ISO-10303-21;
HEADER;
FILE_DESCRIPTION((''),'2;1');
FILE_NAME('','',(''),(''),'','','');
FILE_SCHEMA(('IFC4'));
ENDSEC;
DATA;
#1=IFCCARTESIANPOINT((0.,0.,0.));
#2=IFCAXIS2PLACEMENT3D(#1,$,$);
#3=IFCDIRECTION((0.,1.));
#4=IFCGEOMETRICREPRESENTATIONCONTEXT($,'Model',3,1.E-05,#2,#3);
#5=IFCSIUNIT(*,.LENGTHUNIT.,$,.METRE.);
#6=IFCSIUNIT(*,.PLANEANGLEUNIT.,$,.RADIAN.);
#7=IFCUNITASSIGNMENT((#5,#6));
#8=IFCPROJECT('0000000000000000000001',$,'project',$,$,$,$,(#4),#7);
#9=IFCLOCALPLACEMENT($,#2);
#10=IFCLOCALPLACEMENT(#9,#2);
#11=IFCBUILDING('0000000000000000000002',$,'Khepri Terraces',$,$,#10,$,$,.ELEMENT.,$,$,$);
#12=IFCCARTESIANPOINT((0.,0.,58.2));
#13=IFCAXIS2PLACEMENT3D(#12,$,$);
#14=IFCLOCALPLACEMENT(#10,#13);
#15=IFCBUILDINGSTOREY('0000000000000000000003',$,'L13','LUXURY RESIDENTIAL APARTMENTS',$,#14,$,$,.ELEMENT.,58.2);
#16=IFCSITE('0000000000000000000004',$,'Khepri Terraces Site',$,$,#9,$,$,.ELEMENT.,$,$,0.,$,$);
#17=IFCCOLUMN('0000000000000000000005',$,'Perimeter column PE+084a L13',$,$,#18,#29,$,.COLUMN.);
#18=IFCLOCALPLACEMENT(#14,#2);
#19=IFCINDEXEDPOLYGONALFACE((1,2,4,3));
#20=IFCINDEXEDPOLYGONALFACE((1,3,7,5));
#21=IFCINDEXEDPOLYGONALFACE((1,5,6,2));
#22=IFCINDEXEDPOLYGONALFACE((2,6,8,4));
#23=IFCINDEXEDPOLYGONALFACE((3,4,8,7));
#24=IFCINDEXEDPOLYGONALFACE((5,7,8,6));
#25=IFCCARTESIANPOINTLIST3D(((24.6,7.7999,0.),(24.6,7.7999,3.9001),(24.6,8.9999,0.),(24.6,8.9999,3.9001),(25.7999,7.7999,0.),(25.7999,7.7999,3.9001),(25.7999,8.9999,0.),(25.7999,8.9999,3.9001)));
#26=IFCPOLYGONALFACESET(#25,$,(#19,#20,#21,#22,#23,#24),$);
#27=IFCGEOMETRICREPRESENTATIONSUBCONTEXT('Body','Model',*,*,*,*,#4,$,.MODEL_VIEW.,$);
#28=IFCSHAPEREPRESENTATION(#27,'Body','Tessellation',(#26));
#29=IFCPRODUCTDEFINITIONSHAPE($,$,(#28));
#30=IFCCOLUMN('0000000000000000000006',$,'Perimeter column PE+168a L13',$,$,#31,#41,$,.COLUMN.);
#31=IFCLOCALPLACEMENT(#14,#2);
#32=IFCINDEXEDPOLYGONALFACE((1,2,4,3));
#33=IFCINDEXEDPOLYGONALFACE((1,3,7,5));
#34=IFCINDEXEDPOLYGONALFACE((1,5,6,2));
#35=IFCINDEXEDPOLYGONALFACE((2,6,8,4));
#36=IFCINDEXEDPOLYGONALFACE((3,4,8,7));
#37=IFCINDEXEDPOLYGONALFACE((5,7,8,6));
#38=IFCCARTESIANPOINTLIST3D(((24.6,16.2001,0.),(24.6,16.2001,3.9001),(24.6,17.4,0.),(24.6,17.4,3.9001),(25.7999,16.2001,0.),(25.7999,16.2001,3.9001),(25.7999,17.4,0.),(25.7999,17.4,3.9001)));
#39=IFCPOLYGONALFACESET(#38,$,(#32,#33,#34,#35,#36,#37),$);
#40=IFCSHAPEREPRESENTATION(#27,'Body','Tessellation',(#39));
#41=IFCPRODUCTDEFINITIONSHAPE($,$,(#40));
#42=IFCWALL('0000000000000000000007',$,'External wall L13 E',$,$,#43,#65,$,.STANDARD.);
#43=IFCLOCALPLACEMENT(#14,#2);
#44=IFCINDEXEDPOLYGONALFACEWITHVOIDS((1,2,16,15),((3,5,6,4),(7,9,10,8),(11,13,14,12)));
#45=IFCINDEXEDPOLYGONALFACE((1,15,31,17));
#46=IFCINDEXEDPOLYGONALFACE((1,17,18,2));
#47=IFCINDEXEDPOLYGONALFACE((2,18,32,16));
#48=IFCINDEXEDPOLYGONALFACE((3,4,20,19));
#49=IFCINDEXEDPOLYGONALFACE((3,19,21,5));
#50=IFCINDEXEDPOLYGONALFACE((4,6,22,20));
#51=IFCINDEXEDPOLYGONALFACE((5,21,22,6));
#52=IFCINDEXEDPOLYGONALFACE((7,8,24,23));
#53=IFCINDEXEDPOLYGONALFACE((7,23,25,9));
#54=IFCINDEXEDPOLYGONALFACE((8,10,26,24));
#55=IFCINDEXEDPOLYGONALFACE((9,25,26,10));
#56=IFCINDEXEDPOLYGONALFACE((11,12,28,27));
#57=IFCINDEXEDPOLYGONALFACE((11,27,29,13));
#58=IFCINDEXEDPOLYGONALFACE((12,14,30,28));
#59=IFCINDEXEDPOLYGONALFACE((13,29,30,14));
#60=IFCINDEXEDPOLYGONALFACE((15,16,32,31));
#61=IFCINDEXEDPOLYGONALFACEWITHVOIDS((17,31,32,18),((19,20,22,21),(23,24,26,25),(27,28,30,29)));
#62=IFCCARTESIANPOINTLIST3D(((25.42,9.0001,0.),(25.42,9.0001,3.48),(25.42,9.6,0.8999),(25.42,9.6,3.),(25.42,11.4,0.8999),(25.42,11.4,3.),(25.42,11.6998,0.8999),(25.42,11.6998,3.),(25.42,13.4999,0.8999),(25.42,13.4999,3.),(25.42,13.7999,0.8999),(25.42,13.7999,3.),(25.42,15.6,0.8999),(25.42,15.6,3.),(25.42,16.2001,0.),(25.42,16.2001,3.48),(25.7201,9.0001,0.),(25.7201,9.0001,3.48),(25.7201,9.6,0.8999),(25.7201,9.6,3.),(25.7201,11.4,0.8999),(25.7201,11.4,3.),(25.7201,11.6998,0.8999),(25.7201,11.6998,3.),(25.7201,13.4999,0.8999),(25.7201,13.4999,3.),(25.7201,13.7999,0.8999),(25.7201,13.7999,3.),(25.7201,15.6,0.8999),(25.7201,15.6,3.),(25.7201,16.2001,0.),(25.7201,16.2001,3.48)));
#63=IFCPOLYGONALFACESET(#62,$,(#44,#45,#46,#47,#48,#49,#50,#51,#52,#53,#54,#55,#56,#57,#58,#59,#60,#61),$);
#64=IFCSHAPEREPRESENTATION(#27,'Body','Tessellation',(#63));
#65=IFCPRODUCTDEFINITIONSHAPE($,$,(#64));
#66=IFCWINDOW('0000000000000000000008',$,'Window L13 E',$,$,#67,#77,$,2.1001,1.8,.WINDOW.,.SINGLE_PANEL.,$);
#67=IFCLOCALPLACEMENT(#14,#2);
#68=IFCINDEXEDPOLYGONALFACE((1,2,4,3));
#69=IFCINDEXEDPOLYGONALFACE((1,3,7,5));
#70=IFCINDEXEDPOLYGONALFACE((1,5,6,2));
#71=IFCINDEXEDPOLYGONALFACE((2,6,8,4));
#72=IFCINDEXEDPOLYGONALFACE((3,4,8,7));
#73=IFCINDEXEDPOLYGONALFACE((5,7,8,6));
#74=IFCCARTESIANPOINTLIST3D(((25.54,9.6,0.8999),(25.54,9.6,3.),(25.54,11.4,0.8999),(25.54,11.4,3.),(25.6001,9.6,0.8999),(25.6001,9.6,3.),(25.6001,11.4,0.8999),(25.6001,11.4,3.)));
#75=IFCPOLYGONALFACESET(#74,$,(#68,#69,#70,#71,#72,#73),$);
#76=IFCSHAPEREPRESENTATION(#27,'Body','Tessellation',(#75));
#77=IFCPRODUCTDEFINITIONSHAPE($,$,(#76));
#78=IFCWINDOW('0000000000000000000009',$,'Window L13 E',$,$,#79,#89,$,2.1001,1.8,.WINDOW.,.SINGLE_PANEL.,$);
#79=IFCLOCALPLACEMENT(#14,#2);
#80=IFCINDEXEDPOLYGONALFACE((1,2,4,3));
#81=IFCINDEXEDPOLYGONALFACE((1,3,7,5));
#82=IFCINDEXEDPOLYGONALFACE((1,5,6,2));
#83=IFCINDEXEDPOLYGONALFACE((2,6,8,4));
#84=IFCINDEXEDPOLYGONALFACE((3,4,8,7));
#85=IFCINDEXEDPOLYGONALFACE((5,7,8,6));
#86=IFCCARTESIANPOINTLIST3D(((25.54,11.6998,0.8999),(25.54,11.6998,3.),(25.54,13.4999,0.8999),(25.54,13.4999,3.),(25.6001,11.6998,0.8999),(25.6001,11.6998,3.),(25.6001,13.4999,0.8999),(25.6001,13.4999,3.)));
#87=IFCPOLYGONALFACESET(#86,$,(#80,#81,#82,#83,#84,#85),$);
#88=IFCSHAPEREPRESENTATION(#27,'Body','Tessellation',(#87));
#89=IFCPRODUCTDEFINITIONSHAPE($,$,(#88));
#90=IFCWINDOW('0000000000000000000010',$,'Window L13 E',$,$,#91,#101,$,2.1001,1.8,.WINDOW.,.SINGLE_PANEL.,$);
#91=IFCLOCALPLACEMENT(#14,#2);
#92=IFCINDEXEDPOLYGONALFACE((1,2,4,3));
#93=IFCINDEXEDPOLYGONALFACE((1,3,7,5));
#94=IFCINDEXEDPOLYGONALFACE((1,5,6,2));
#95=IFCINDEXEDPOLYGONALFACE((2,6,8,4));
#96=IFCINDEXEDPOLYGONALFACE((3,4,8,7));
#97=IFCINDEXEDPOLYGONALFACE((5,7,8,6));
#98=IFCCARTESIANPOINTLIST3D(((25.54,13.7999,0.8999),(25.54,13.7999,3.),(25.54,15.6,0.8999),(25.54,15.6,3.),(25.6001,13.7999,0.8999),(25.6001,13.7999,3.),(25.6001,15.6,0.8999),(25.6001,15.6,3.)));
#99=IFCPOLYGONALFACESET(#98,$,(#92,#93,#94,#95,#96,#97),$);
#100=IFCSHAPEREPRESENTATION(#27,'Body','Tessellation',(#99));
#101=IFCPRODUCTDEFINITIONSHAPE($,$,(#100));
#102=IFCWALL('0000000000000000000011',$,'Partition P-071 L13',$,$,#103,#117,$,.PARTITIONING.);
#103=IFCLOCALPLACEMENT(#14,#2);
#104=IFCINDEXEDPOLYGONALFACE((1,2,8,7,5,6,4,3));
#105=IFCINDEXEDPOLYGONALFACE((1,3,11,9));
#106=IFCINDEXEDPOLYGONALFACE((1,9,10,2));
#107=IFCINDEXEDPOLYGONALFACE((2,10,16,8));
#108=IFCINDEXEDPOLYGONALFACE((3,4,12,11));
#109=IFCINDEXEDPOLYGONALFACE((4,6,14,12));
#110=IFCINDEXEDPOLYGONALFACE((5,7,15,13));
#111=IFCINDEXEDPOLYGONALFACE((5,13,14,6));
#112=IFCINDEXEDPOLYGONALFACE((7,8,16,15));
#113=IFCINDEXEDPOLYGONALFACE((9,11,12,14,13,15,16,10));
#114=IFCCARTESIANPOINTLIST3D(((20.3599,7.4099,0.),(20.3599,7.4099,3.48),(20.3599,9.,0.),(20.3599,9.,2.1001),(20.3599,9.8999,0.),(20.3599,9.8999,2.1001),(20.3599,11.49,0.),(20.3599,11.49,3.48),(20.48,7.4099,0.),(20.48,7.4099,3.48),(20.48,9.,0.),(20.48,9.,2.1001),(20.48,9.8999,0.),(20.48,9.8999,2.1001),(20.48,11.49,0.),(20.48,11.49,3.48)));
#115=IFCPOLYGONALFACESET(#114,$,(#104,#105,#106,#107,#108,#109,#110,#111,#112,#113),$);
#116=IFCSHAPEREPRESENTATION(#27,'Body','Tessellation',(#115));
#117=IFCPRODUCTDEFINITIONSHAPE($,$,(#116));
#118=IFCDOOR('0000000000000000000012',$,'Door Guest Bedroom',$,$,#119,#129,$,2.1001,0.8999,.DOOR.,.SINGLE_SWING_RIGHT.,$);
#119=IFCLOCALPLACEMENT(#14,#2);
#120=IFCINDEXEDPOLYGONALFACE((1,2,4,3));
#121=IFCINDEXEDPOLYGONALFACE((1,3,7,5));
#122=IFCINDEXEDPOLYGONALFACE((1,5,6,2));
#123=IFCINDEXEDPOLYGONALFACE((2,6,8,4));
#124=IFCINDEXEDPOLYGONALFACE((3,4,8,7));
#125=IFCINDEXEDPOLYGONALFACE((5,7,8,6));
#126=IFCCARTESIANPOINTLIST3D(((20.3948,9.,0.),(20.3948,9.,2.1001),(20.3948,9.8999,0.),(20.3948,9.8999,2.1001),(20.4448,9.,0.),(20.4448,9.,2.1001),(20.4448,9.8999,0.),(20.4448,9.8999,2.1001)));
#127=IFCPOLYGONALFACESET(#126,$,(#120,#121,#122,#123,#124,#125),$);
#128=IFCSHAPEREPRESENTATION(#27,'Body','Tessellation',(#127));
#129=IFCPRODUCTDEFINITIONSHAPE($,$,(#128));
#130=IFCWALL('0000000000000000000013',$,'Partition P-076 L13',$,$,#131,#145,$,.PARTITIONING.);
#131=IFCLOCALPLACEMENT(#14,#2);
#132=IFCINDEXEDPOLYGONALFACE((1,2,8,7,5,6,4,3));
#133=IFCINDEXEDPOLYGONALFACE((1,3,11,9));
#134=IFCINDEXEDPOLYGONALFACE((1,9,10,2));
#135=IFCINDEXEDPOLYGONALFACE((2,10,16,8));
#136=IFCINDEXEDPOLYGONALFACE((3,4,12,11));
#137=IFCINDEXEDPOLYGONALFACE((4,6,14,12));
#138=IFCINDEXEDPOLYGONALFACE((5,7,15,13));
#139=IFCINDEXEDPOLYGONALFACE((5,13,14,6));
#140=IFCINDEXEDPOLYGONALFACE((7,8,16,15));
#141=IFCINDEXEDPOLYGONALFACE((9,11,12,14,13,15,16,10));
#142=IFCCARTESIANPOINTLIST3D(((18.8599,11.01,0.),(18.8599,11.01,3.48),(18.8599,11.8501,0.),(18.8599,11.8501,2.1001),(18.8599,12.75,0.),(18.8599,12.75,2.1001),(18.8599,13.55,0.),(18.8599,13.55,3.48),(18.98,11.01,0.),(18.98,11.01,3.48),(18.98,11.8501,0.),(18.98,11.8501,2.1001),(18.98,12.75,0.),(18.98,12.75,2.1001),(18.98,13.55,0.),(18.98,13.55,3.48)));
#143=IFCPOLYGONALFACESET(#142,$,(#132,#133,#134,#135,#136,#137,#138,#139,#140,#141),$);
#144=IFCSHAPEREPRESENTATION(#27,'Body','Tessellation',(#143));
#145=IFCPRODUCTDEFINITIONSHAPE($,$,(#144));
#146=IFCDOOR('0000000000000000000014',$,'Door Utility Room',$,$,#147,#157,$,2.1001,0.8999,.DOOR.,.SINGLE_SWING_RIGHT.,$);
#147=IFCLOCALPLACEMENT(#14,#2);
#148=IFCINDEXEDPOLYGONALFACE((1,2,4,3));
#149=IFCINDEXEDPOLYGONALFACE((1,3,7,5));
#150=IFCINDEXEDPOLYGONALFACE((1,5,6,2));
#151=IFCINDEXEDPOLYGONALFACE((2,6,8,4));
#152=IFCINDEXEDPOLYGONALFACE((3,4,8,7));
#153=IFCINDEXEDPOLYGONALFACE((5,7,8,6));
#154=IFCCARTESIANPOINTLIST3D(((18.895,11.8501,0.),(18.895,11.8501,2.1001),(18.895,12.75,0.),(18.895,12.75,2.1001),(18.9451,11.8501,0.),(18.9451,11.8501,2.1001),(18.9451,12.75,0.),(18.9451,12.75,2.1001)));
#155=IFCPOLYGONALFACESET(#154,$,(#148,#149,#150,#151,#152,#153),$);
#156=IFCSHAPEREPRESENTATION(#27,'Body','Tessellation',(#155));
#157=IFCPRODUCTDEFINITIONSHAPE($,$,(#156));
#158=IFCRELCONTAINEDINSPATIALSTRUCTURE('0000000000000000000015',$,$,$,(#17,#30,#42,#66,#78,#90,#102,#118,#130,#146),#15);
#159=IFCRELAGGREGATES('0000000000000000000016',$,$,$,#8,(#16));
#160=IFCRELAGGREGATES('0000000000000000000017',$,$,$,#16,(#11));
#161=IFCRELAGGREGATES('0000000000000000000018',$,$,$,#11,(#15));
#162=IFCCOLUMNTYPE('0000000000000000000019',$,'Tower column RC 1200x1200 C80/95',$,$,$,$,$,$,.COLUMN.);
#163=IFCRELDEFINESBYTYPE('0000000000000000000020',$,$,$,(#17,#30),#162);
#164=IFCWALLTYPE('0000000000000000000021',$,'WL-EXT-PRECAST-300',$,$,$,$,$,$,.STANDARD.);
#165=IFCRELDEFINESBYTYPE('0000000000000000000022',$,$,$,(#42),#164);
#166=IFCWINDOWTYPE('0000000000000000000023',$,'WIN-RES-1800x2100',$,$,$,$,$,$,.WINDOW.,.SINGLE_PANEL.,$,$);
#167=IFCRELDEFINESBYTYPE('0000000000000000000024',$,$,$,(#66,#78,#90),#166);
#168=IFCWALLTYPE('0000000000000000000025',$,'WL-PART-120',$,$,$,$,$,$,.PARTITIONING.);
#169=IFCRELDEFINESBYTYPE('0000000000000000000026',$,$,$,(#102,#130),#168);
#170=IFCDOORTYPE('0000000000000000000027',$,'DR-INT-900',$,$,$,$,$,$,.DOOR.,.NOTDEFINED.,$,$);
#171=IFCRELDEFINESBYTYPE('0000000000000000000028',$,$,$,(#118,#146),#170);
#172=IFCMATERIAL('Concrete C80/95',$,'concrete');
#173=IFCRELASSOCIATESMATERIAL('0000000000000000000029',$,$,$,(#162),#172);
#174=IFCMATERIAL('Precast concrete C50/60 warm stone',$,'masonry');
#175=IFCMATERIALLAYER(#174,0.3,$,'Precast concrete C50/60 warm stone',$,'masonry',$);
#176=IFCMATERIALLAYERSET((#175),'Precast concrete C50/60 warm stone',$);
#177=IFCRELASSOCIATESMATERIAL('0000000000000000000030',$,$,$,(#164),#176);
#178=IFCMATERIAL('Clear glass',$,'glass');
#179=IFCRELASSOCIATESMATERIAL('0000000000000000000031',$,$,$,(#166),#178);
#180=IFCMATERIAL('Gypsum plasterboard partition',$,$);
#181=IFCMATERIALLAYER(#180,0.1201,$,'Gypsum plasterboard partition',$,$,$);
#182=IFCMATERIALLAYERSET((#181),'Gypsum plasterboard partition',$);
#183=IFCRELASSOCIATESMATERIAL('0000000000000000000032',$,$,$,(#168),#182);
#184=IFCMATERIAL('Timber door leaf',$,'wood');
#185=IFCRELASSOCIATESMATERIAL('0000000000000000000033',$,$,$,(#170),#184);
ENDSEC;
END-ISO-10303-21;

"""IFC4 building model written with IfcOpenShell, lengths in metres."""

from ifc_helpers import new_model, si_unit, direction, frame, frame_2d, origin, origin_2d, place, context, subcontext, project, spatial, rectangle, extrude, material, layer, layer_set, material_profile, profile_set, type_object, element, fill, save


model = new_model("IFC4")

# Units and contexts
model_context = context("Model", 3, precision=1e-05, world=origin(), true_north=direction((0.0, 1.0)))
body_context = subcontext(model_context, "Body", "Model", "MODEL_VIEW")
ifc_project = project(units=[si_unit("LENGTHUNIT", "METRE"), si_unit("PLANEANGLEUNIT", "RADIAN")], contexts=[model_context])

# Site, building, storey
site_placement = place(None, origin())
site = spatial("IfcSite", under=ifc_project, at=site_placement, Name="Khepri Terraces Site", CompositionType="ELEMENT", RefElevation=0.0)
building_placement = place(site_placement, origin())
building = spatial("IfcBuilding", under=site, at=building_placement, Name="Khepri Terraces", CompositionType="ELEMENT")
storey_placement = place(building_placement, frame((0.0, 0.0, 58.2)))
storey = spatial("IfcBuildingStorey", under=building, at=storey_placement, Name="L13", Description="LUXURY RESIDENTIAL APARTMENTS", CompositionType="ELEMENT", Elevation=58.2)

# Columns
ifc_material_1 = material(Name="Concrete C80/95", Category="concrete")
ifc_material_profile = material_profile(ifc_material_1, rectangle(XDim=1.2, YDim=1.2, at=origin_2d()), Name="Concrete C80/95", Category="concrete")
ifc_profile_set = profile_set([ifc_material_profile], Name="Concrete C80/95")
column_type = type_object("IfcColumnType", Name="Tower column RC 1200x1200 C80/95", PredefinedType="COLUMN", material=ifc_profile_set)
for number, where, z_axis, x_axis, name in (
    (1, (25.2, 8.3999, 0.0), (0.0, 0.0, 1.0), (1.0, 0.0, 0.0), "Perimeter column PE+084a L13"),
    (2, (25.2, 16.8, 0.0), (0.0, 0.0, 1.0), (1.0, 0.0, 0.0), "Perimeter column PE+168a L13"),
):
    element("IfcColumn", number, at=place(storey_placement, frame(where, z_axis=z_axis, x_axis=x_axis)), inside=storey, type_object=column_type, Name=name, PredefinedType="COLUMN", context=body_context, shape_type="SweptSolid", body=[
        extrude(rectangle(XDim=1.2, YDim=1.2, at=origin_2d()), origin(), (0.0, 0.0, 1.0), 3.9001),
    ])

# Wall, openings, windows
ifc_material_2 = material(Name="Precast concrete C50/60 warm stone", Category="masonry")
ifc_layer_1 = layer(ifc_material_2, 0.3, Name="Precast concrete C50/60 warm stone", Category="masonry")
ifc_layer_set_1 = layer_set([ifc_layer_1], Name="Precast concrete C50/60 warm stone")
wall_type_1 = type_object("IfcWallType", Name="WL-EXT-PRECAST-300", PredefinedType="STANDARD", material=ifc_layer_set_1)
wall_1_placement = place(storey_placement, frame((25.5701, 9.0, 0.0), z_axis=(0.0, 0.0, 1.0), x_axis=(0.0, 1.0, 0.0)))
wall_1 = element("IfcWall", 3, at=wall_1_placement, inside=storey, type_object=wall_type_1, Name="External wall L13 E", PredefinedType="STANDARD", context=body_context, shape_type="SweptSolid", body=[
    extrude(rectangle(XDim=7.2, YDim=0.3, at=frame_2d((3.6001, 0.0))), origin(), (0.0, 0.0, 1.0), 3.48),
])
opening_1_placement = place(wall_1_placement, frame((0.6001, 0.0, 0.8999)))
opening_1 = element("IfcOpeningElement", 4, at=opening_1_placement, cuts=wall_1, PredefinedType="OPENING", context=body_context, shape_type="SweptSolid", body=[
    extrude(rectangle(XDim=1.8, YDim=2.1001, at=frame_2d((0.8999, 1.05))), frame((0.0, 0.1602, 0.0), z_axis=(0.0, -1.0, 0.0), x_axis=(1.0, 0.0, 0.0)), (0.0, 0.0, 1.0), 0.3201),
])
opening_2_placement = place(wall_1_placement, frame((2.7, 0.0, 0.8999)))
opening_2 = element("IfcOpeningElement", 5, at=opening_2_placement, cuts=wall_1, PredefinedType="OPENING", context=body_context, shape_type="SweptSolid", body=[
    extrude(rectangle(XDim=1.8, YDim=2.1001, at=frame_2d((0.8999, 1.05))), frame((0.0, 0.1602, 0.0), z_axis=(0.0, -1.0, 0.0), x_axis=(1.0, 0.0, 0.0)), (0.0, 0.0, 1.0), 0.3201),
])
opening_3_placement = place(wall_1_placement, frame((4.8, 0.0, 0.8999)))
opening_3 = element("IfcOpeningElement", 6, at=opening_3_placement, cuts=wall_1, PredefinedType="OPENING", context=body_context, shape_type="SweptSolid", body=[
    extrude(rectangle(XDim=1.8, YDim=2.1001, at=frame_2d((0.8999, 1.05))), frame((0.0, 0.1602, 0.0), z_axis=(0.0, -1.0, 0.0), x_axis=(1.0, 0.0, 0.0)), (0.0, 0.0, 1.0), 0.3201),
])
ifc_material_3 = material(Name="Clear glass", Category="glass")
window_type = type_object("IfcWindowType", Name="WIN-RES-1800x2100", PartitioningType="SINGLE_PANEL", PredefinedType="WINDOW", material=ifc_material_3)
window_1_placement = place(opening_1_placement, origin())
window_1 = element("IfcWindow", 7, at=window_1_placement, inside=storey, type_object=window_type, Name="Window L13 E", OverallHeight=2.1001, OverallWidth=1.8, PartitioningType="SINGLE_PANEL", PredefinedType="WINDOW", context=body_context, shape_type="SweptSolid", body=[
    extrude(rectangle(XDim=1.8, YDim=2.1001, at=frame_2d((0.8999, 1.05))), frame((0.0, 0.03, 0.0), z_axis=(0.0, -1.0, 0.0), x_axis=(1.0, 0.0, 0.0)), (0.0, 0.0, 1.0), 0.0601),
])
fill(opening_1, window_1)
window_2_placement = place(opening_2_placement, origin())
window_2 = element("IfcWindow", 8, at=window_2_placement, inside=storey, type_object=window_type, Name="Window L13 E", OverallHeight=2.1001, OverallWidth=1.8, PartitioningType="SINGLE_PANEL", PredefinedType="WINDOW", context=body_context, shape_type="SweptSolid", body=[
    extrude(rectangle(XDim=1.8, YDim=2.1001, at=frame_2d((0.8999, 1.05))), frame((0.0, 0.03, 0.0), z_axis=(0.0, -1.0, 0.0), x_axis=(1.0, 0.0, 0.0)), (0.0, 0.0, 1.0), 0.0601),
])
fill(opening_2, window_2)
window_3_placement = place(opening_3_placement, origin())
window_3 = element("IfcWindow", 9, at=window_3_placement, inside=storey, type_object=window_type, Name="Window L13 E", OverallHeight=2.1001, OverallWidth=1.8, PartitioningType="SINGLE_PANEL", PredefinedType="WINDOW", context=body_context, shape_type="SweptSolid", body=[
    extrude(rectangle(XDim=1.8, YDim=2.1001, at=frame_2d((0.8999, 1.05))), frame((0.0, 0.03, 0.0), z_axis=(0.0, -1.0, 0.0), x_axis=(1.0, 0.0, 0.0)), (0.0, 0.0, 1.0), 0.0601),
])
fill(opening_3, window_3)

# Walls, openings, doors
ifc_material_4 = material(Name="Gypsum plasterboard partition")
ifc_layer_2 = layer(ifc_material_4, 0.1201, Name="Gypsum plasterboard partition")
ifc_layer_set_2 = layer_set([ifc_layer_2], Name="Gypsum plasterboard partition")
wall_type_2 = type_object("IfcWallType", Name="WL-PART-120", PredefinedType="PARTITIONING", material=ifc_layer_set_2)
wall_2_placement = place(storey_placement, frame((20.4199, 7.4099, 0.0), z_axis=(0.0, 0.0, 1.0), x_axis=(0.0, 1.0, 0.0)))
wall_2 = element("IfcWall", 10, at=wall_2_placement, inside=storey, type_object=wall_type_2, Name="Partition P-071 L13", PredefinedType="PARTITIONING", context=body_context, shape_type="SweptSolid", body=[
    extrude(rectangle(XDim=4.0801, YDim=0.1201, at=frame_2d((2.04, 0.0))), origin(), (0.0, 0.0, 1.0), 3.48),
])
opening_4_placement = place(wall_2_placement, frame((1.5901, 0.0, 0.0)))
opening_4 = element("IfcOpeningElement", 11, at=opening_4_placement, cuts=wall_2, PredefinedType="OPENING", context=body_context, shape_type="SweptSolid", body=[
    extrude(rectangle(XDim=0.8999, YDim=2.1001, at=frame_2d((0.45, 1.05))), frame((0.0, 0.0701, 0.0), z_axis=(0.0, -1.0, 0.0), x_axis=(1.0, 0.0, 0.0)), (0.0, 0.0, 1.0), 0.1401),
])
ifc_material_5 = material(Name="Timber door leaf", Category="wood")
door_type_1 = type_object("IfcDoorType", Name="DR-INT-900", OperationType="NOTDEFINED", PredefinedType="DOOR", material=ifc_material_5)
door_1_placement = place(opening_4_placement, frame((0.8999, 0.0, 0.0), z_axis=(0.0, 0.0, 1.0), x_axis=(-1.0, 0.0, 0.0)))
door_1 = element("IfcDoor", 12, at=door_1_placement, inside=storey, type_object=door_type_1, Name="Door Guest Bedroom", OperationType="SINGLE_SWING_RIGHT", OverallHeight=2.1001, OverallWidth=0.8999, PredefinedType="DOOR", context=body_context, shape_type="SweptSolid", body=[
    extrude(rectangle(XDim=0.8999, YDim=2.1001, at=frame_2d((0.45, 1.05))), frame((0.0, 0.0249, 0.0), z_axis=(0.0, -1.0, 0.0), x_axis=(1.0, 0.0, 0.0)), (0.0, 0.0, 1.0), 0.05),
])
fill(opening_4, door_1)
wall_3_placement = place(storey_placement, frame((18.9199, 11.01, 0.0), z_axis=(0.0, 0.0, 1.0), x_axis=(0.0, 1.0, 0.0)))
wall_3 = element("IfcWall", 13, at=wall_3_placement, inside=storey, type_object=wall_type_2, Name="Partition P-076 L13", PredefinedType="PARTITIONING", context=body_context, shape_type="SweptSolid", body=[
    extrude(rectangle(XDim=2.54, YDim=0.1201, at=frame_2d((1.27, 0.0))), origin(), (0.0, 0.0, 1.0), 3.48),
])
opening_5_placement = place(wall_3_placement, frame((0.8401, 0.0, 0.0)))
opening_5 = element("IfcOpeningElement", 14, at=opening_5_placement, cuts=wall_3, PredefinedType="OPENING", context=body_context, shape_type="SweptSolid", body=[
    extrude(rectangle(XDim=0.8999, YDim=2.1001, at=frame_2d((0.45, 1.05))), frame((0.0, 0.0701, 0.0), z_axis=(0.0, -1.0, 0.0), x_axis=(1.0, 0.0, 0.0)), (0.0, 0.0, 1.0), 0.1401),
])
door_2_placement = place(opening_5_placement, origin())
door_2 = element("IfcDoor", 15, at=door_2_placement, inside=storey, type_object=door_type_1, Name="Door Utility Room", OperationType="SINGLE_SWING_RIGHT", OverallHeight=2.1001, OverallWidth=0.8999, PredefinedType="DOOR", context=body_context, shape_type="SweptSolid", body=[
    extrude(rectangle(XDim=0.8999, YDim=2.1001, at=frame_2d((0.45, 1.05))), frame((0.0, 0.0249, 0.0), z_axis=(0.0, -1.0, 0.0), x_axis=(1.0, 0.0, 0.0)), (0.0, 0.0, 1.0), 0.05),
])
fill(opening_5, door_2)

save(model, "model.ifc")
